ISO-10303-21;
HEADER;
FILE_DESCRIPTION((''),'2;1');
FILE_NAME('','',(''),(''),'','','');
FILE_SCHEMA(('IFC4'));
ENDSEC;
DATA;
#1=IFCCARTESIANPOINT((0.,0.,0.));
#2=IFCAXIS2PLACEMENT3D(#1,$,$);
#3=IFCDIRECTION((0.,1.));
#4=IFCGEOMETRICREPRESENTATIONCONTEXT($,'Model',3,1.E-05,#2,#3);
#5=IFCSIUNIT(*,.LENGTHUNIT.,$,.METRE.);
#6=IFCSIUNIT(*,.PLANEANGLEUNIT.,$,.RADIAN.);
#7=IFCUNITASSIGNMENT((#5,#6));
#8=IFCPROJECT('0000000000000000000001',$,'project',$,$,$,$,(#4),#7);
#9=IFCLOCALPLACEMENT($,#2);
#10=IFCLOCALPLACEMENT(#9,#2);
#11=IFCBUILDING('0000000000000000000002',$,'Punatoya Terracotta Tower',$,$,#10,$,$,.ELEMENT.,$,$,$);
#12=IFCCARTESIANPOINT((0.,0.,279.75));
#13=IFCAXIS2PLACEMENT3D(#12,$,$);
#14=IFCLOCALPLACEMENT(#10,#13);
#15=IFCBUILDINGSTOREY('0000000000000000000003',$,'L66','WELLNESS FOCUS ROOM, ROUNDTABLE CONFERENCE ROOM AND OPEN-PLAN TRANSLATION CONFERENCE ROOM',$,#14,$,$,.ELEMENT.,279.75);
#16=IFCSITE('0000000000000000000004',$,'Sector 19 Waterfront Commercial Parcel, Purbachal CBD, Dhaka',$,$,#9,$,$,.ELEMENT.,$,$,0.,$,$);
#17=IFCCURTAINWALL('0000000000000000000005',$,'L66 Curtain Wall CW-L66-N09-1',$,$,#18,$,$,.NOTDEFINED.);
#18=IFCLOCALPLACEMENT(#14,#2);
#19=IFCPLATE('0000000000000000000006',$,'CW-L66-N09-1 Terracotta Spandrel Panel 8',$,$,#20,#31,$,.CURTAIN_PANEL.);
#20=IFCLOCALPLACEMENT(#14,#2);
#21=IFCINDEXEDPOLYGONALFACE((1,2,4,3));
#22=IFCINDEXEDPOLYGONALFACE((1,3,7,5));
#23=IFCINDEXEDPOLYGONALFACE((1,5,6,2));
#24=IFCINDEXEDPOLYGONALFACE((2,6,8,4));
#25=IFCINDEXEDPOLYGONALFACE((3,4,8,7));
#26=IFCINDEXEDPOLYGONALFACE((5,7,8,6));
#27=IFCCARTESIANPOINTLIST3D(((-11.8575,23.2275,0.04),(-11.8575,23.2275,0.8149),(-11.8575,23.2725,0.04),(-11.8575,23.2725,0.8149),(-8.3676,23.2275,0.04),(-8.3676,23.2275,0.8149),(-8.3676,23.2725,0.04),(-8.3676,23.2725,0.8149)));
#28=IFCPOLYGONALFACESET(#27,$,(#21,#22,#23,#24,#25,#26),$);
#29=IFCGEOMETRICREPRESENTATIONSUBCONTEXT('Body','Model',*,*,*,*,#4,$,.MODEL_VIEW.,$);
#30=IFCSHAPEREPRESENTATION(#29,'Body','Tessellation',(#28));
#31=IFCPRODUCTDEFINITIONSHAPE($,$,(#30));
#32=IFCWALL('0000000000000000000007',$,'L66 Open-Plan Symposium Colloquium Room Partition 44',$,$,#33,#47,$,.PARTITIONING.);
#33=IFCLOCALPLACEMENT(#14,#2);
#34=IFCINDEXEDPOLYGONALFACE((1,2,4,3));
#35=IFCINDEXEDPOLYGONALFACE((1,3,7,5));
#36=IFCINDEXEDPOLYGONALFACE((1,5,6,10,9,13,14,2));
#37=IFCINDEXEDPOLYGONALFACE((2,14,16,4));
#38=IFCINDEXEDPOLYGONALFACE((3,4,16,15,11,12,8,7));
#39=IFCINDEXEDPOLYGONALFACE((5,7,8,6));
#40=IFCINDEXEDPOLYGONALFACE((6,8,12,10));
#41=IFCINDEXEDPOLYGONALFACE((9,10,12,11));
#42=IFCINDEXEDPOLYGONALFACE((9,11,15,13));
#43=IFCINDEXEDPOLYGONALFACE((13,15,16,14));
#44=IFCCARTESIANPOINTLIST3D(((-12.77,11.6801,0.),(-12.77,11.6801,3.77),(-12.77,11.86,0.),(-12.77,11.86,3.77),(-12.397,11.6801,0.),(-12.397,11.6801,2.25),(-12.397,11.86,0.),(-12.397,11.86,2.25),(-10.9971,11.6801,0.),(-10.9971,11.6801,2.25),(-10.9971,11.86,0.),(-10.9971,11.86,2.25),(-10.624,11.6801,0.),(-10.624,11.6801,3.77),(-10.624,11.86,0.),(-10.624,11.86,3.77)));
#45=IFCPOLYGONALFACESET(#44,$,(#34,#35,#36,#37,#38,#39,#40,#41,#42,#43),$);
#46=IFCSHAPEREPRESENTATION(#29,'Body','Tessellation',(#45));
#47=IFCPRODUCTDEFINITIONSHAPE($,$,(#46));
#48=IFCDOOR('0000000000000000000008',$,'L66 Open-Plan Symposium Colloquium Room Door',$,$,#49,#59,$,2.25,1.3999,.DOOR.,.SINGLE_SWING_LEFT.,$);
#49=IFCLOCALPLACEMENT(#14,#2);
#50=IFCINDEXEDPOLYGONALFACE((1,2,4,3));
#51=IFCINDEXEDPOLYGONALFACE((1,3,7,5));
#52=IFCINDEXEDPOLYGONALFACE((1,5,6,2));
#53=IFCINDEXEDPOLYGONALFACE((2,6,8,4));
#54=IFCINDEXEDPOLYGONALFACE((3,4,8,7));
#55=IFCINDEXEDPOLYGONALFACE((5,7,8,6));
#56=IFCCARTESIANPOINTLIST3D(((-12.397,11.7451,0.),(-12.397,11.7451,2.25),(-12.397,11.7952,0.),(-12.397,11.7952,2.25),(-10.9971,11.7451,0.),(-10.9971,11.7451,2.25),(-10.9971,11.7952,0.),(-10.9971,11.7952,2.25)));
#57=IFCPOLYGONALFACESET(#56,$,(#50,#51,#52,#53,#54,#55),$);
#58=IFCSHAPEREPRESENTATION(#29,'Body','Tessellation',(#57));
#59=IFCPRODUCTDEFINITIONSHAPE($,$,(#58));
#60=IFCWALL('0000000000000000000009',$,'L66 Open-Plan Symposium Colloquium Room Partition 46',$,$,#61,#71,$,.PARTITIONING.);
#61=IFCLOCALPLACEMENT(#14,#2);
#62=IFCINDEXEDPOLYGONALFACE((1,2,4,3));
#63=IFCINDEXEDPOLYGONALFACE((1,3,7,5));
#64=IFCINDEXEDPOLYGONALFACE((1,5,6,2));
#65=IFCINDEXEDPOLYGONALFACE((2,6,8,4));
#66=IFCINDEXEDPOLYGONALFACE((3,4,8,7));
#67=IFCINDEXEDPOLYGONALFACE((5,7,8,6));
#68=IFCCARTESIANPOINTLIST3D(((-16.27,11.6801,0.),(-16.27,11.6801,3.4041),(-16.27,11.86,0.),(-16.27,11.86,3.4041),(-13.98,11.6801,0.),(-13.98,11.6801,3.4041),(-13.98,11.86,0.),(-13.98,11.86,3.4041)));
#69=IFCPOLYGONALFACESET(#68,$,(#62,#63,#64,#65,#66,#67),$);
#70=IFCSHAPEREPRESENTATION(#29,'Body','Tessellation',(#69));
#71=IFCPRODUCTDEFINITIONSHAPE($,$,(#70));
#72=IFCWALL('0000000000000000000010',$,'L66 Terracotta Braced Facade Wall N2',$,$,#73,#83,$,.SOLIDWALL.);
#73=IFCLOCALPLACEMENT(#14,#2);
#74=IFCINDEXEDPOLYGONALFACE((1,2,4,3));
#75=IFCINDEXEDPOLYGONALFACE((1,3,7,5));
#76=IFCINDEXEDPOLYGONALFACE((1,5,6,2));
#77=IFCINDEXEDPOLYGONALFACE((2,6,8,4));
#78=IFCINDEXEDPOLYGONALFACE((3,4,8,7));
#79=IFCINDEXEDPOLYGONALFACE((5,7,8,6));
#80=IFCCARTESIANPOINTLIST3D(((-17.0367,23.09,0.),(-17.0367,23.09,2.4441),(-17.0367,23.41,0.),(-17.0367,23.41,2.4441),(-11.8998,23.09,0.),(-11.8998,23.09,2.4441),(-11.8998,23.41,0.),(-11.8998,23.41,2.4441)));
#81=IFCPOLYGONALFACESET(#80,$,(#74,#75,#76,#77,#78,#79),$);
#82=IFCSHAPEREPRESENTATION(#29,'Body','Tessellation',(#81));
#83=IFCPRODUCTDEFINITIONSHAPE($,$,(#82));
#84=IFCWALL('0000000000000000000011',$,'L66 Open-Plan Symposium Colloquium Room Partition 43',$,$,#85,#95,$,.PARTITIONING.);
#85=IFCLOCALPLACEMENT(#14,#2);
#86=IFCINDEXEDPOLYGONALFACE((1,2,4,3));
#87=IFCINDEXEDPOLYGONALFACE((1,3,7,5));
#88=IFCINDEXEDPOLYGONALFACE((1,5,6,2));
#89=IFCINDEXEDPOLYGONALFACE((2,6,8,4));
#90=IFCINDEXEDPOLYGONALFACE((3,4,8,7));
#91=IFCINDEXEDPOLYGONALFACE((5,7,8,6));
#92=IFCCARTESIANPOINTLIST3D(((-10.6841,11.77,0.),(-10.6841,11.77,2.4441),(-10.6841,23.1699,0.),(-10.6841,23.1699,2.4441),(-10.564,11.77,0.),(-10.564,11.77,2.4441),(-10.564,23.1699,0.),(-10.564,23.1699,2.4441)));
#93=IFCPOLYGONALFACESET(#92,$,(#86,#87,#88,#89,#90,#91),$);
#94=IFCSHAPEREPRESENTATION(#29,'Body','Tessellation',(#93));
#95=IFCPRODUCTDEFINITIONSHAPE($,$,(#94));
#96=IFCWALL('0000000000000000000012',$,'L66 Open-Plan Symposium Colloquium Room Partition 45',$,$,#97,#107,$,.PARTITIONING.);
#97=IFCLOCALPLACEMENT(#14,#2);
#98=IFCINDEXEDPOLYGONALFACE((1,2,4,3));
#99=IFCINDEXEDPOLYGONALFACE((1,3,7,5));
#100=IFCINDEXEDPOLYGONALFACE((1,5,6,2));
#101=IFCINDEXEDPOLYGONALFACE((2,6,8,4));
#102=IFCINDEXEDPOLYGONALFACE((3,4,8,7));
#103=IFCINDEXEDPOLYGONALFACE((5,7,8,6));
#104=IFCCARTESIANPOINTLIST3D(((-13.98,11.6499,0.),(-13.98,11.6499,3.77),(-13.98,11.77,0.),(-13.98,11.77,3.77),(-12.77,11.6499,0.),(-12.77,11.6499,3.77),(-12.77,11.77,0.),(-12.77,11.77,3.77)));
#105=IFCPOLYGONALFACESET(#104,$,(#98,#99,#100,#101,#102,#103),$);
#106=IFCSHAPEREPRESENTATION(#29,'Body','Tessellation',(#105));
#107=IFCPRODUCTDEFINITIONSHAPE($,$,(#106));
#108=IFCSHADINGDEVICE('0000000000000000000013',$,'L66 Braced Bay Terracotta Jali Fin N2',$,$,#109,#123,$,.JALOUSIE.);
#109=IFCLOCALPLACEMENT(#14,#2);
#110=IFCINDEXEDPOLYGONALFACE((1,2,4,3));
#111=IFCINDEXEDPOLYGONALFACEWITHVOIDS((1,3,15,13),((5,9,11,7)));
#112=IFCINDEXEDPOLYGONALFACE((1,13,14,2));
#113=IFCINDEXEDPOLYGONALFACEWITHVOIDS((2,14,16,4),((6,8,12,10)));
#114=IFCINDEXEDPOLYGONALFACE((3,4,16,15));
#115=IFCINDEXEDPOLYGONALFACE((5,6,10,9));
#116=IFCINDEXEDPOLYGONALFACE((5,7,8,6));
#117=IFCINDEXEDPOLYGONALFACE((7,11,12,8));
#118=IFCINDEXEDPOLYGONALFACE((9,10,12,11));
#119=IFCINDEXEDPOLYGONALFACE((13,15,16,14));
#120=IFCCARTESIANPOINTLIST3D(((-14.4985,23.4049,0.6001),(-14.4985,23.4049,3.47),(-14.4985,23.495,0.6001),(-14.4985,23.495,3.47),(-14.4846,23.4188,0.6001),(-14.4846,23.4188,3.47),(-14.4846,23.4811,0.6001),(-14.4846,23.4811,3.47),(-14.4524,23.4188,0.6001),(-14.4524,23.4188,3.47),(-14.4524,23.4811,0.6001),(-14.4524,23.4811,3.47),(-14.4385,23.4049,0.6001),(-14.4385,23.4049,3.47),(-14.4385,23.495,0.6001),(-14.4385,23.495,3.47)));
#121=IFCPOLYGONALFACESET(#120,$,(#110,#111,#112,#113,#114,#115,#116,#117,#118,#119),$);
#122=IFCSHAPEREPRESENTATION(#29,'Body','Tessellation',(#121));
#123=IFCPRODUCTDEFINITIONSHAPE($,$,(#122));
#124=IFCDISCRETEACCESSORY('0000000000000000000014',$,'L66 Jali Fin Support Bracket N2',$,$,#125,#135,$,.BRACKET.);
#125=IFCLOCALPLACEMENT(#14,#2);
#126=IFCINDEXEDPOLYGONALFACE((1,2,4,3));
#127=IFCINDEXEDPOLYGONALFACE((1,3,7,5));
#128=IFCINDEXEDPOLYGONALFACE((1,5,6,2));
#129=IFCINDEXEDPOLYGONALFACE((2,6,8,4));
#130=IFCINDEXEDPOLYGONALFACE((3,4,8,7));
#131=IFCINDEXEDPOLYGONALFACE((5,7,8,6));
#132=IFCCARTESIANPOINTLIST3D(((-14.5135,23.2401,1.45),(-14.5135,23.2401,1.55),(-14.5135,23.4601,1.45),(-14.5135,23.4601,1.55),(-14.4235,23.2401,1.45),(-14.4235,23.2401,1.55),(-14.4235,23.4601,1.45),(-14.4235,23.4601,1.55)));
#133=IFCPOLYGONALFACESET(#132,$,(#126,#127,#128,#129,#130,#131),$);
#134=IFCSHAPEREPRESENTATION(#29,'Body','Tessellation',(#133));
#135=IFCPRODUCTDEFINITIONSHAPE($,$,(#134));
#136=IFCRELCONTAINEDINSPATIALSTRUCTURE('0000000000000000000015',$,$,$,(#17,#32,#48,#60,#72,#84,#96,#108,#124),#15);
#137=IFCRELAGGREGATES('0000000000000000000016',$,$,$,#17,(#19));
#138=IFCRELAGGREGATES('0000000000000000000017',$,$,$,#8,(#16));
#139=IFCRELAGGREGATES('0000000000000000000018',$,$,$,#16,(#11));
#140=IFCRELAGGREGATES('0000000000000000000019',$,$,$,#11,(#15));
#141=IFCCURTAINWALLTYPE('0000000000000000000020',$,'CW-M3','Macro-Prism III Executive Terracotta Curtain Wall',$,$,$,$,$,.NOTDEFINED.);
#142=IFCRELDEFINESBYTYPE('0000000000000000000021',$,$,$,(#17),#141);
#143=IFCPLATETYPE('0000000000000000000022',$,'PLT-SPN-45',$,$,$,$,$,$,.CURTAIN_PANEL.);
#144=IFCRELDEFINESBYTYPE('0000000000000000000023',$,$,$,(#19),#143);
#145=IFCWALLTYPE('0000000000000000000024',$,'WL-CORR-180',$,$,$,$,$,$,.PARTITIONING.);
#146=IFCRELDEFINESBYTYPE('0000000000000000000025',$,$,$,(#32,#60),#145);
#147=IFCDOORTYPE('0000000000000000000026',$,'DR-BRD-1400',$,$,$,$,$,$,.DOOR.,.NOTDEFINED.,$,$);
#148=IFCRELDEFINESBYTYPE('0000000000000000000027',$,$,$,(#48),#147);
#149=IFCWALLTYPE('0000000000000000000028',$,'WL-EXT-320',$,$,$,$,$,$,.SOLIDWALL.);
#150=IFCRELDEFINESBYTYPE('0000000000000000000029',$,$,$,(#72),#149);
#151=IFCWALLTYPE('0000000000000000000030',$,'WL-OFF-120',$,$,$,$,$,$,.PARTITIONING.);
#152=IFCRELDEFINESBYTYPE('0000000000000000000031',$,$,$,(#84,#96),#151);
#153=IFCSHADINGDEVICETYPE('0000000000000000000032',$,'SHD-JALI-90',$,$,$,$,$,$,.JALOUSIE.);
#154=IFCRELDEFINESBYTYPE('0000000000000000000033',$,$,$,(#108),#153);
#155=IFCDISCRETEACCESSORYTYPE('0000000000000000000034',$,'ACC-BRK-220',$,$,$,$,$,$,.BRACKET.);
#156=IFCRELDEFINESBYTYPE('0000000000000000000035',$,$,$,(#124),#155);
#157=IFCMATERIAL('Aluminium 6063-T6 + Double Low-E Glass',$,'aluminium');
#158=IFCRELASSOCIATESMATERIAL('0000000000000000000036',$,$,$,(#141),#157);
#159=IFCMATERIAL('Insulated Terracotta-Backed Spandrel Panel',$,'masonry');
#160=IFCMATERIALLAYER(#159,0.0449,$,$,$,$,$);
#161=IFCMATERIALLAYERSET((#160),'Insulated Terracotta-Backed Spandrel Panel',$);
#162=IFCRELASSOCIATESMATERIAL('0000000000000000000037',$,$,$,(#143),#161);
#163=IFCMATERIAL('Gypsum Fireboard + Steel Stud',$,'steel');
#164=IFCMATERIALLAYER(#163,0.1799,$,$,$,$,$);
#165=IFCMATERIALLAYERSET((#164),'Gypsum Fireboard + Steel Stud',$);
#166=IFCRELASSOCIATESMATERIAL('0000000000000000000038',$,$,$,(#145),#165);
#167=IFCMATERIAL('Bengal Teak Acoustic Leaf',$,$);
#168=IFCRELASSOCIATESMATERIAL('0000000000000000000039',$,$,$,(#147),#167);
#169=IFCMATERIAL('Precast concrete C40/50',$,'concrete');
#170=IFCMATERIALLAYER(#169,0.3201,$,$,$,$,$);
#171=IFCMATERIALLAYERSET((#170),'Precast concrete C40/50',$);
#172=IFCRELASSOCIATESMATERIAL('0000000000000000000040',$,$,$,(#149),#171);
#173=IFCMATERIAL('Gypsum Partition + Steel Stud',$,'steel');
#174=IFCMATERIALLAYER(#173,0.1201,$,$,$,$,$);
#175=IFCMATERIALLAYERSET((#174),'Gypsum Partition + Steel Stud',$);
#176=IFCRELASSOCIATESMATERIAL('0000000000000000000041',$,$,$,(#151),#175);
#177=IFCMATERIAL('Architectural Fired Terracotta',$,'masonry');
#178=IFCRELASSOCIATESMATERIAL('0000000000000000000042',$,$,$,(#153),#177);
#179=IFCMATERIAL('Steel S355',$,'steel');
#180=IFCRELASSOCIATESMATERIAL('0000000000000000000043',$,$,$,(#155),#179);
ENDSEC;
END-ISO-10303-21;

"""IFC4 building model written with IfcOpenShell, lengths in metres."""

from ifc_helpers import new_model, si_unit, direction, frame, frame_2d, origin, origin_2d, place, context, subcontext, project, spatial, rectangle, hollow_rectangle, extrude, material, layer, layer_set, material_profile, profile_set, type_object, element, fill, aggregate, save


model = new_model("IFC4")

# Units and contexts
model_context = context("Model", 3, precision=1e-05, world=origin(), true_north=direction((0.0, 1.0)))
body_context = subcontext(model_context, "Body", "Model", "MODEL_VIEW")
ifc_project = project(units=[si_unit("LENGTHUNIT", "METRE"), si_unit("PLANEANGLEUNIT", "RADIAN")], contexts=[model_context])

# Site, building, storey
site_placement = place(None, origin())
site = spatial("IfcSite", under=ifc_project, at=site_placement, Name="Sector 19 Waterfront Commercial Parcel, Purbachal CBD, Dhaka", CompositionType="ELEMENT", RefElevation=0.0)
building_placement = place(site_placement, origin())
building = spatial("IfcBuilding", under=site, at=building_placement, Name="Punatoya Terracotta Tower", CompositionType="ELEMENT")
storey_placement = place(building_placement, frame((0.0, 0.0, 279.75)))
storey = spatial("IfcBuildingStorey", under=building, at=storey_placement, Name="L66", Description="WELLNESS FOCUS ROOM, ROUNDTABLE CONFERENCE ROOM AND OPEN-PLAN TRANSLATION CONFERENCE ROOM", CompositionType="ELEMENT", Elevation=279.75)

# Shared definitions
ifc_material_1 = material(Name="Steel S355", Category="steel")

# Curtain wall, plate
ifc_material_2 = material(Name="Aluminium 6063-T6 + Double Low-E Glass", Category="aluminium")
curtain_wall_type = type_object("IfcCurtainWallType", Name="CW-M3", Description="Macro-Prism III Executive Terracotta Curtain Wall", PredefinedType="NOTDEFINED", material=ifc_material_2)
curtain_wall_placement = place(storey_placement, origin())
curtain_wall = element("IfcCurtainWall", 1, at=curtain_wall_placement, inside=storey, type_object=curtain_wall_type, Name="L66 Curtain Wall CW-L66-N09-1", PredefinedType="NOTDEFINED")
ifc_material_3 = material(Name="Insulated Terracotta-Backed Spandrel Panel", Category="masonry")
ifc_layer_1 = layer(ifc_material_3, 0.0449)
ifc_layer_set_1 = layer_set([ifc_layer_1], Name="Insulated Terracotta-Backed Spandrel Panel")
plate_type_1 = type_object("IfcPlateType", Name="PLT-SPN-45", PredefinedType="CURTAIN_PANEL", material=ifc_layer_set_1)
plate_1_placement = place(storey_placement, frame((-10.1125, 23.25, 0.04), z_axis=(0.0, 0.0, 1.0), x_axis=(-1.0, 0.0, 0.0)))
plate_1 = element("IfcPlate", 2, at=plate_1_placement, type_object=plate_type_1, Name="CW-L66-N09-1 Terracotta Spandrel Panel 8", PredefinedType="CURTAIN_PANEL", context=body_context, shape_type="SweptSolid", body=[
    extrude(rectangle(XDim=3.49, YDim=0.0449, at=origin_2d()), origin(), (0.0, 0.0, 1.0), 0.7749),
])
aggregate(curtain_wall, [plate_1])

# Wall, opening, door
ifc_material_4 = material(Name="Gypsum Fireboard + Steel Stud", Category="steel")
ifc_layer_2 = layer(ifc_material_4, 0.1799)
ifc_layer_set_2 = layer_set([ifc_layer_2], Name="Gypsum Fireboard + Steel Stud")
wall_type_1 = type_object("IfcWallType", Name="WL-CORR-180", PredefinedType="PARTITIONING", material=ifc_layer_set_2)
wall_1_placement = place(storey_placement, frame((-10.624, 11.77, 0.0), z_axis=(0.0, 0.0, 1.0), x_axis=(-1.0, 0.0, 0.0)))
wall_1 = element("IfcWall", 3, at=wall_1_placement, inside=storey, type_object=wall_type_1, Name="L66 Open-Plan Symposium Colloquium Room Partition 44", PredefinedType="PARTITIONING", context=body_context, shape_type="SweptSolid", body=[
    extrude(rectangle(XDim=2.146, YDim=0.1799, at=frame_2d((1.073, 0.0))), origin(), (0.0, 0.0, 1.0), 3.77),
])
opening_placement = place(wall_1_placement, frame((0.373, 0.0, 0.0)))
opening = element("IfcOpeningElement", 4, at=opening_placement, cuts=wall_1, PredefinedType="OPENING", context=body_context, shape_type="SweptSolid", body=[
    extrude(rectangle(XDim=1.3999, YDim=2.25, at=frame_2d((0.7, 1.125))), frame((0.0, 0.0999, 0.0), z_axis=(0.0, -1.0, 0.0), x_axis=(1.0, 0.0, 0.0)), (0.0, 0.0, 1.0), 0.2),
])
ifc_material_5 = material(Name="Bengal Teak Acoustic Leaf")
door_type = type_object("IfcDoorType", Name="DR-BRD-1400", OperationType="NOTDEFINED", PredefinedType="DOOR", material=ifc_material_5)
door_placement = place(opening_placement, origin())
door = element("IfcDoor", 5, at=door_placement, inside=storey, type_object=door_type, Name="L66 Open-Plan Symposium Colloquium Room Door", OperationType="SINGLE_SWING_LEFT", OverallHeight=2.25, OverallWidth=1.3999, PredefinedType="DOOR", context=body_context, shape_type="SweptSolid", body=[
    extrude(rectangle(XDim=1.3999, YDim=2.25, at=frame_2d((0.7, 1.125))), frame((0.0, 0.0249, 0.0), z_axis=(0.0, -1.0, 0.0), x_axis=(1.0, 0.0, 0.0)), (0.0, 0.0, 1.0), 0.05),
])
fill(opening, door)

# Walls
wall_2_placement = place(storey_placement, frame((-13.98, 11.77, 0.0), z_axis=(0.0, 0.0, 1.0), x_axis=(-1.0, 0.0, 0.0)))
element("IfcWall", 6, at=wall_2_placement, inside=storey, type_object=wall_type_1, Name="L66 Open-Plan Symposium Colloquium Room Partition 46", PredefinedType="PARTITIONING", context=body_context, shape_type="SweptSolid", body=[
    extrude(rectangle(XDim=2.29, YDim=0.1799, at=frame_2d((1.145, 0.0))), origin(), (0.0, 0.0, 1.0), 3.4041),
])
ifc_material_6 = material(Name="Precast concrete C40/50", Category="concrete")
ifc_layer_3 = layer(ifc_material_6, 0.3201)
ifc_layer_set_3 = layer_set([ifc_layer_3], Name="Precast concrete C40/50")
wall_type_2 = type_object("IfcWallType", Name="WL-EXT-320", PredefinedType="SOLIDWALL", material=ifc_layer_set_3)
wall_3_placement = place(storey_placement, frame((-11.8999, 23.25, 0.0), z_axis=(0.0, 0.0, 1.0), x_axis=(-1.0, 0.0, 0.0)))
element("IfcWall", 7, at=wall_3_placement, inside=storey, type_object=wall_type_2, Name="L66 Terracotta Braced Facade Wall N2", PredefinedType="SOLIDWALL", context=body_context, shape_type="SweptSolid", body=[
    extrude(rectangle(XDim=5.137, YDim=0.3201, at=frame_2d((2.5684, 0.0))), origin(), (0.0, 0.0, 1.0), 2.4441),
])
ifc_material_7 = material(Name="Gypsum Partition + Steel Stud", Category="steel")
ifc_layer_4 = layer(ifc_material_7, 0.1201)
ifc_layer_set_4 = layer_set([ifc_layer_4], Name="Gypsum Partition + Steel Stud")
wall_type_3 = type_object("IfcWallType", Name="WL-OFF-120", PredefinedType="PARTITIONING", material=ifc_layer_set_4)
wall_4_placement = place(storey_placement, frame((-10.624, 23.1699, 0.0), z_axis=(0.0, 0.0, 1.0), x_axis=(0.0, -1.0, 0.0)))
element("IfcWall", 8, at=wall_4_placement, inside=storey, type_object=wall_type_3, Name="L66 Open-Plan Symposium Colloquium Room Partition 43", PredefinedType="PARTITIONING", context=body_context, shape_type="SweptSolid", body=[
    extrude(rectangle(XDim=11.3999, YDim=0.1201, at=frame_2d((5.7, 0.0))), origin(), (0.0, 0.0, 1.0), 2.4441),
])
wall_5_placement = place(storey_placement, frame((-12.77, 11.71, 0.0), z_axis=(0.0, 0.0, 1.0), x_axis=(-1.0, 0.0, 0.0)))
element("IfcWall", 9, at=wall_5_placement, inside=storey, type_object=wall_type_3, Name="L66 Open-Plan Symposium Colloquium Room Partition 45", PredefinedType="PARTITIONING", context=body_context, shape_type="SweptSolid", body=[
    extrude(rectangle(XDim=1.21, YDim=0.1201, at=frame_2d((0.605, 0.0))), origin(), (0.0, 0.0, 1.0), 3.77),
])

# Shading device
ifc_material_8 = material(Name="Architectural Fired Terracotta", Category="masonry")
ifc_material_profile_1 = material_profile(ifc_material_8, hollow_rectangle(XDim=0.0601, YDim=0.0901, WallThickness=0.0139, at=origin_2d()))
ifc_profile_set_1 = profile_set([ifc_material_profile_1], Name="Architectural Fired Terracotta")
shading_device_type = type_object("IfcShadingDeviceType", Name="SHD-JALI-90", PredefinedType="JALOUSIE", material=ifc_profile_set_1)
shading_device_placement = place(storey_placement, frame((-14.4685, 23.45, 0.6001), z_axis=(0.0, 0.0, 1.0), x_axis=(1.0, 0.0, 0.0)))
element("IfcShadingDevice", 10, at=shading_device_placement, inside=storey, type_object=shading_device_type, Name="L66 Braced Bay Terracotta Jali Fin N2", PredefinedType="JALOUSIE", context=body_context, shape_type="SweptSolid", body=[
    extrude(hollow_rectangle(XDim=0.0601, YDim=0.0901, WallThickness=0.0139, at=origin_2d()), origin(), (0.0, 0.0, 1.0), 2.8699),
])

# Discrete accessory
discrete_accessory_type = type_object("IfcDiscreteAccessoryType", Name="ACC-BRK-220", PredefinedType="BRACKET", material=ifc_material_1)
discrete_accessory_placement = place(storey_placement, frame((-14.4685, 23.3501, 1.45), z_axis=(0.0, 0.0, 1.0), x_axis=(-1.0, 0.0, 0.0)))
element("IfcDiscreteAccessory", 11, at=discrete_accessory_placement, inside=storey, type_object=discrete_accessory_type, Name="L66 Jali Fin Support Bracket N2", PredefinedType="BRACKET", context=body_context, shape_type="SweptSolid", body=[
    extrude(rectangle(XDim=0.0901, YDim=0.22, at=origin_2d()), origin(), (0.0, 0.0, 1.0), 0.1001),
])

save(model, "model.ifc")
